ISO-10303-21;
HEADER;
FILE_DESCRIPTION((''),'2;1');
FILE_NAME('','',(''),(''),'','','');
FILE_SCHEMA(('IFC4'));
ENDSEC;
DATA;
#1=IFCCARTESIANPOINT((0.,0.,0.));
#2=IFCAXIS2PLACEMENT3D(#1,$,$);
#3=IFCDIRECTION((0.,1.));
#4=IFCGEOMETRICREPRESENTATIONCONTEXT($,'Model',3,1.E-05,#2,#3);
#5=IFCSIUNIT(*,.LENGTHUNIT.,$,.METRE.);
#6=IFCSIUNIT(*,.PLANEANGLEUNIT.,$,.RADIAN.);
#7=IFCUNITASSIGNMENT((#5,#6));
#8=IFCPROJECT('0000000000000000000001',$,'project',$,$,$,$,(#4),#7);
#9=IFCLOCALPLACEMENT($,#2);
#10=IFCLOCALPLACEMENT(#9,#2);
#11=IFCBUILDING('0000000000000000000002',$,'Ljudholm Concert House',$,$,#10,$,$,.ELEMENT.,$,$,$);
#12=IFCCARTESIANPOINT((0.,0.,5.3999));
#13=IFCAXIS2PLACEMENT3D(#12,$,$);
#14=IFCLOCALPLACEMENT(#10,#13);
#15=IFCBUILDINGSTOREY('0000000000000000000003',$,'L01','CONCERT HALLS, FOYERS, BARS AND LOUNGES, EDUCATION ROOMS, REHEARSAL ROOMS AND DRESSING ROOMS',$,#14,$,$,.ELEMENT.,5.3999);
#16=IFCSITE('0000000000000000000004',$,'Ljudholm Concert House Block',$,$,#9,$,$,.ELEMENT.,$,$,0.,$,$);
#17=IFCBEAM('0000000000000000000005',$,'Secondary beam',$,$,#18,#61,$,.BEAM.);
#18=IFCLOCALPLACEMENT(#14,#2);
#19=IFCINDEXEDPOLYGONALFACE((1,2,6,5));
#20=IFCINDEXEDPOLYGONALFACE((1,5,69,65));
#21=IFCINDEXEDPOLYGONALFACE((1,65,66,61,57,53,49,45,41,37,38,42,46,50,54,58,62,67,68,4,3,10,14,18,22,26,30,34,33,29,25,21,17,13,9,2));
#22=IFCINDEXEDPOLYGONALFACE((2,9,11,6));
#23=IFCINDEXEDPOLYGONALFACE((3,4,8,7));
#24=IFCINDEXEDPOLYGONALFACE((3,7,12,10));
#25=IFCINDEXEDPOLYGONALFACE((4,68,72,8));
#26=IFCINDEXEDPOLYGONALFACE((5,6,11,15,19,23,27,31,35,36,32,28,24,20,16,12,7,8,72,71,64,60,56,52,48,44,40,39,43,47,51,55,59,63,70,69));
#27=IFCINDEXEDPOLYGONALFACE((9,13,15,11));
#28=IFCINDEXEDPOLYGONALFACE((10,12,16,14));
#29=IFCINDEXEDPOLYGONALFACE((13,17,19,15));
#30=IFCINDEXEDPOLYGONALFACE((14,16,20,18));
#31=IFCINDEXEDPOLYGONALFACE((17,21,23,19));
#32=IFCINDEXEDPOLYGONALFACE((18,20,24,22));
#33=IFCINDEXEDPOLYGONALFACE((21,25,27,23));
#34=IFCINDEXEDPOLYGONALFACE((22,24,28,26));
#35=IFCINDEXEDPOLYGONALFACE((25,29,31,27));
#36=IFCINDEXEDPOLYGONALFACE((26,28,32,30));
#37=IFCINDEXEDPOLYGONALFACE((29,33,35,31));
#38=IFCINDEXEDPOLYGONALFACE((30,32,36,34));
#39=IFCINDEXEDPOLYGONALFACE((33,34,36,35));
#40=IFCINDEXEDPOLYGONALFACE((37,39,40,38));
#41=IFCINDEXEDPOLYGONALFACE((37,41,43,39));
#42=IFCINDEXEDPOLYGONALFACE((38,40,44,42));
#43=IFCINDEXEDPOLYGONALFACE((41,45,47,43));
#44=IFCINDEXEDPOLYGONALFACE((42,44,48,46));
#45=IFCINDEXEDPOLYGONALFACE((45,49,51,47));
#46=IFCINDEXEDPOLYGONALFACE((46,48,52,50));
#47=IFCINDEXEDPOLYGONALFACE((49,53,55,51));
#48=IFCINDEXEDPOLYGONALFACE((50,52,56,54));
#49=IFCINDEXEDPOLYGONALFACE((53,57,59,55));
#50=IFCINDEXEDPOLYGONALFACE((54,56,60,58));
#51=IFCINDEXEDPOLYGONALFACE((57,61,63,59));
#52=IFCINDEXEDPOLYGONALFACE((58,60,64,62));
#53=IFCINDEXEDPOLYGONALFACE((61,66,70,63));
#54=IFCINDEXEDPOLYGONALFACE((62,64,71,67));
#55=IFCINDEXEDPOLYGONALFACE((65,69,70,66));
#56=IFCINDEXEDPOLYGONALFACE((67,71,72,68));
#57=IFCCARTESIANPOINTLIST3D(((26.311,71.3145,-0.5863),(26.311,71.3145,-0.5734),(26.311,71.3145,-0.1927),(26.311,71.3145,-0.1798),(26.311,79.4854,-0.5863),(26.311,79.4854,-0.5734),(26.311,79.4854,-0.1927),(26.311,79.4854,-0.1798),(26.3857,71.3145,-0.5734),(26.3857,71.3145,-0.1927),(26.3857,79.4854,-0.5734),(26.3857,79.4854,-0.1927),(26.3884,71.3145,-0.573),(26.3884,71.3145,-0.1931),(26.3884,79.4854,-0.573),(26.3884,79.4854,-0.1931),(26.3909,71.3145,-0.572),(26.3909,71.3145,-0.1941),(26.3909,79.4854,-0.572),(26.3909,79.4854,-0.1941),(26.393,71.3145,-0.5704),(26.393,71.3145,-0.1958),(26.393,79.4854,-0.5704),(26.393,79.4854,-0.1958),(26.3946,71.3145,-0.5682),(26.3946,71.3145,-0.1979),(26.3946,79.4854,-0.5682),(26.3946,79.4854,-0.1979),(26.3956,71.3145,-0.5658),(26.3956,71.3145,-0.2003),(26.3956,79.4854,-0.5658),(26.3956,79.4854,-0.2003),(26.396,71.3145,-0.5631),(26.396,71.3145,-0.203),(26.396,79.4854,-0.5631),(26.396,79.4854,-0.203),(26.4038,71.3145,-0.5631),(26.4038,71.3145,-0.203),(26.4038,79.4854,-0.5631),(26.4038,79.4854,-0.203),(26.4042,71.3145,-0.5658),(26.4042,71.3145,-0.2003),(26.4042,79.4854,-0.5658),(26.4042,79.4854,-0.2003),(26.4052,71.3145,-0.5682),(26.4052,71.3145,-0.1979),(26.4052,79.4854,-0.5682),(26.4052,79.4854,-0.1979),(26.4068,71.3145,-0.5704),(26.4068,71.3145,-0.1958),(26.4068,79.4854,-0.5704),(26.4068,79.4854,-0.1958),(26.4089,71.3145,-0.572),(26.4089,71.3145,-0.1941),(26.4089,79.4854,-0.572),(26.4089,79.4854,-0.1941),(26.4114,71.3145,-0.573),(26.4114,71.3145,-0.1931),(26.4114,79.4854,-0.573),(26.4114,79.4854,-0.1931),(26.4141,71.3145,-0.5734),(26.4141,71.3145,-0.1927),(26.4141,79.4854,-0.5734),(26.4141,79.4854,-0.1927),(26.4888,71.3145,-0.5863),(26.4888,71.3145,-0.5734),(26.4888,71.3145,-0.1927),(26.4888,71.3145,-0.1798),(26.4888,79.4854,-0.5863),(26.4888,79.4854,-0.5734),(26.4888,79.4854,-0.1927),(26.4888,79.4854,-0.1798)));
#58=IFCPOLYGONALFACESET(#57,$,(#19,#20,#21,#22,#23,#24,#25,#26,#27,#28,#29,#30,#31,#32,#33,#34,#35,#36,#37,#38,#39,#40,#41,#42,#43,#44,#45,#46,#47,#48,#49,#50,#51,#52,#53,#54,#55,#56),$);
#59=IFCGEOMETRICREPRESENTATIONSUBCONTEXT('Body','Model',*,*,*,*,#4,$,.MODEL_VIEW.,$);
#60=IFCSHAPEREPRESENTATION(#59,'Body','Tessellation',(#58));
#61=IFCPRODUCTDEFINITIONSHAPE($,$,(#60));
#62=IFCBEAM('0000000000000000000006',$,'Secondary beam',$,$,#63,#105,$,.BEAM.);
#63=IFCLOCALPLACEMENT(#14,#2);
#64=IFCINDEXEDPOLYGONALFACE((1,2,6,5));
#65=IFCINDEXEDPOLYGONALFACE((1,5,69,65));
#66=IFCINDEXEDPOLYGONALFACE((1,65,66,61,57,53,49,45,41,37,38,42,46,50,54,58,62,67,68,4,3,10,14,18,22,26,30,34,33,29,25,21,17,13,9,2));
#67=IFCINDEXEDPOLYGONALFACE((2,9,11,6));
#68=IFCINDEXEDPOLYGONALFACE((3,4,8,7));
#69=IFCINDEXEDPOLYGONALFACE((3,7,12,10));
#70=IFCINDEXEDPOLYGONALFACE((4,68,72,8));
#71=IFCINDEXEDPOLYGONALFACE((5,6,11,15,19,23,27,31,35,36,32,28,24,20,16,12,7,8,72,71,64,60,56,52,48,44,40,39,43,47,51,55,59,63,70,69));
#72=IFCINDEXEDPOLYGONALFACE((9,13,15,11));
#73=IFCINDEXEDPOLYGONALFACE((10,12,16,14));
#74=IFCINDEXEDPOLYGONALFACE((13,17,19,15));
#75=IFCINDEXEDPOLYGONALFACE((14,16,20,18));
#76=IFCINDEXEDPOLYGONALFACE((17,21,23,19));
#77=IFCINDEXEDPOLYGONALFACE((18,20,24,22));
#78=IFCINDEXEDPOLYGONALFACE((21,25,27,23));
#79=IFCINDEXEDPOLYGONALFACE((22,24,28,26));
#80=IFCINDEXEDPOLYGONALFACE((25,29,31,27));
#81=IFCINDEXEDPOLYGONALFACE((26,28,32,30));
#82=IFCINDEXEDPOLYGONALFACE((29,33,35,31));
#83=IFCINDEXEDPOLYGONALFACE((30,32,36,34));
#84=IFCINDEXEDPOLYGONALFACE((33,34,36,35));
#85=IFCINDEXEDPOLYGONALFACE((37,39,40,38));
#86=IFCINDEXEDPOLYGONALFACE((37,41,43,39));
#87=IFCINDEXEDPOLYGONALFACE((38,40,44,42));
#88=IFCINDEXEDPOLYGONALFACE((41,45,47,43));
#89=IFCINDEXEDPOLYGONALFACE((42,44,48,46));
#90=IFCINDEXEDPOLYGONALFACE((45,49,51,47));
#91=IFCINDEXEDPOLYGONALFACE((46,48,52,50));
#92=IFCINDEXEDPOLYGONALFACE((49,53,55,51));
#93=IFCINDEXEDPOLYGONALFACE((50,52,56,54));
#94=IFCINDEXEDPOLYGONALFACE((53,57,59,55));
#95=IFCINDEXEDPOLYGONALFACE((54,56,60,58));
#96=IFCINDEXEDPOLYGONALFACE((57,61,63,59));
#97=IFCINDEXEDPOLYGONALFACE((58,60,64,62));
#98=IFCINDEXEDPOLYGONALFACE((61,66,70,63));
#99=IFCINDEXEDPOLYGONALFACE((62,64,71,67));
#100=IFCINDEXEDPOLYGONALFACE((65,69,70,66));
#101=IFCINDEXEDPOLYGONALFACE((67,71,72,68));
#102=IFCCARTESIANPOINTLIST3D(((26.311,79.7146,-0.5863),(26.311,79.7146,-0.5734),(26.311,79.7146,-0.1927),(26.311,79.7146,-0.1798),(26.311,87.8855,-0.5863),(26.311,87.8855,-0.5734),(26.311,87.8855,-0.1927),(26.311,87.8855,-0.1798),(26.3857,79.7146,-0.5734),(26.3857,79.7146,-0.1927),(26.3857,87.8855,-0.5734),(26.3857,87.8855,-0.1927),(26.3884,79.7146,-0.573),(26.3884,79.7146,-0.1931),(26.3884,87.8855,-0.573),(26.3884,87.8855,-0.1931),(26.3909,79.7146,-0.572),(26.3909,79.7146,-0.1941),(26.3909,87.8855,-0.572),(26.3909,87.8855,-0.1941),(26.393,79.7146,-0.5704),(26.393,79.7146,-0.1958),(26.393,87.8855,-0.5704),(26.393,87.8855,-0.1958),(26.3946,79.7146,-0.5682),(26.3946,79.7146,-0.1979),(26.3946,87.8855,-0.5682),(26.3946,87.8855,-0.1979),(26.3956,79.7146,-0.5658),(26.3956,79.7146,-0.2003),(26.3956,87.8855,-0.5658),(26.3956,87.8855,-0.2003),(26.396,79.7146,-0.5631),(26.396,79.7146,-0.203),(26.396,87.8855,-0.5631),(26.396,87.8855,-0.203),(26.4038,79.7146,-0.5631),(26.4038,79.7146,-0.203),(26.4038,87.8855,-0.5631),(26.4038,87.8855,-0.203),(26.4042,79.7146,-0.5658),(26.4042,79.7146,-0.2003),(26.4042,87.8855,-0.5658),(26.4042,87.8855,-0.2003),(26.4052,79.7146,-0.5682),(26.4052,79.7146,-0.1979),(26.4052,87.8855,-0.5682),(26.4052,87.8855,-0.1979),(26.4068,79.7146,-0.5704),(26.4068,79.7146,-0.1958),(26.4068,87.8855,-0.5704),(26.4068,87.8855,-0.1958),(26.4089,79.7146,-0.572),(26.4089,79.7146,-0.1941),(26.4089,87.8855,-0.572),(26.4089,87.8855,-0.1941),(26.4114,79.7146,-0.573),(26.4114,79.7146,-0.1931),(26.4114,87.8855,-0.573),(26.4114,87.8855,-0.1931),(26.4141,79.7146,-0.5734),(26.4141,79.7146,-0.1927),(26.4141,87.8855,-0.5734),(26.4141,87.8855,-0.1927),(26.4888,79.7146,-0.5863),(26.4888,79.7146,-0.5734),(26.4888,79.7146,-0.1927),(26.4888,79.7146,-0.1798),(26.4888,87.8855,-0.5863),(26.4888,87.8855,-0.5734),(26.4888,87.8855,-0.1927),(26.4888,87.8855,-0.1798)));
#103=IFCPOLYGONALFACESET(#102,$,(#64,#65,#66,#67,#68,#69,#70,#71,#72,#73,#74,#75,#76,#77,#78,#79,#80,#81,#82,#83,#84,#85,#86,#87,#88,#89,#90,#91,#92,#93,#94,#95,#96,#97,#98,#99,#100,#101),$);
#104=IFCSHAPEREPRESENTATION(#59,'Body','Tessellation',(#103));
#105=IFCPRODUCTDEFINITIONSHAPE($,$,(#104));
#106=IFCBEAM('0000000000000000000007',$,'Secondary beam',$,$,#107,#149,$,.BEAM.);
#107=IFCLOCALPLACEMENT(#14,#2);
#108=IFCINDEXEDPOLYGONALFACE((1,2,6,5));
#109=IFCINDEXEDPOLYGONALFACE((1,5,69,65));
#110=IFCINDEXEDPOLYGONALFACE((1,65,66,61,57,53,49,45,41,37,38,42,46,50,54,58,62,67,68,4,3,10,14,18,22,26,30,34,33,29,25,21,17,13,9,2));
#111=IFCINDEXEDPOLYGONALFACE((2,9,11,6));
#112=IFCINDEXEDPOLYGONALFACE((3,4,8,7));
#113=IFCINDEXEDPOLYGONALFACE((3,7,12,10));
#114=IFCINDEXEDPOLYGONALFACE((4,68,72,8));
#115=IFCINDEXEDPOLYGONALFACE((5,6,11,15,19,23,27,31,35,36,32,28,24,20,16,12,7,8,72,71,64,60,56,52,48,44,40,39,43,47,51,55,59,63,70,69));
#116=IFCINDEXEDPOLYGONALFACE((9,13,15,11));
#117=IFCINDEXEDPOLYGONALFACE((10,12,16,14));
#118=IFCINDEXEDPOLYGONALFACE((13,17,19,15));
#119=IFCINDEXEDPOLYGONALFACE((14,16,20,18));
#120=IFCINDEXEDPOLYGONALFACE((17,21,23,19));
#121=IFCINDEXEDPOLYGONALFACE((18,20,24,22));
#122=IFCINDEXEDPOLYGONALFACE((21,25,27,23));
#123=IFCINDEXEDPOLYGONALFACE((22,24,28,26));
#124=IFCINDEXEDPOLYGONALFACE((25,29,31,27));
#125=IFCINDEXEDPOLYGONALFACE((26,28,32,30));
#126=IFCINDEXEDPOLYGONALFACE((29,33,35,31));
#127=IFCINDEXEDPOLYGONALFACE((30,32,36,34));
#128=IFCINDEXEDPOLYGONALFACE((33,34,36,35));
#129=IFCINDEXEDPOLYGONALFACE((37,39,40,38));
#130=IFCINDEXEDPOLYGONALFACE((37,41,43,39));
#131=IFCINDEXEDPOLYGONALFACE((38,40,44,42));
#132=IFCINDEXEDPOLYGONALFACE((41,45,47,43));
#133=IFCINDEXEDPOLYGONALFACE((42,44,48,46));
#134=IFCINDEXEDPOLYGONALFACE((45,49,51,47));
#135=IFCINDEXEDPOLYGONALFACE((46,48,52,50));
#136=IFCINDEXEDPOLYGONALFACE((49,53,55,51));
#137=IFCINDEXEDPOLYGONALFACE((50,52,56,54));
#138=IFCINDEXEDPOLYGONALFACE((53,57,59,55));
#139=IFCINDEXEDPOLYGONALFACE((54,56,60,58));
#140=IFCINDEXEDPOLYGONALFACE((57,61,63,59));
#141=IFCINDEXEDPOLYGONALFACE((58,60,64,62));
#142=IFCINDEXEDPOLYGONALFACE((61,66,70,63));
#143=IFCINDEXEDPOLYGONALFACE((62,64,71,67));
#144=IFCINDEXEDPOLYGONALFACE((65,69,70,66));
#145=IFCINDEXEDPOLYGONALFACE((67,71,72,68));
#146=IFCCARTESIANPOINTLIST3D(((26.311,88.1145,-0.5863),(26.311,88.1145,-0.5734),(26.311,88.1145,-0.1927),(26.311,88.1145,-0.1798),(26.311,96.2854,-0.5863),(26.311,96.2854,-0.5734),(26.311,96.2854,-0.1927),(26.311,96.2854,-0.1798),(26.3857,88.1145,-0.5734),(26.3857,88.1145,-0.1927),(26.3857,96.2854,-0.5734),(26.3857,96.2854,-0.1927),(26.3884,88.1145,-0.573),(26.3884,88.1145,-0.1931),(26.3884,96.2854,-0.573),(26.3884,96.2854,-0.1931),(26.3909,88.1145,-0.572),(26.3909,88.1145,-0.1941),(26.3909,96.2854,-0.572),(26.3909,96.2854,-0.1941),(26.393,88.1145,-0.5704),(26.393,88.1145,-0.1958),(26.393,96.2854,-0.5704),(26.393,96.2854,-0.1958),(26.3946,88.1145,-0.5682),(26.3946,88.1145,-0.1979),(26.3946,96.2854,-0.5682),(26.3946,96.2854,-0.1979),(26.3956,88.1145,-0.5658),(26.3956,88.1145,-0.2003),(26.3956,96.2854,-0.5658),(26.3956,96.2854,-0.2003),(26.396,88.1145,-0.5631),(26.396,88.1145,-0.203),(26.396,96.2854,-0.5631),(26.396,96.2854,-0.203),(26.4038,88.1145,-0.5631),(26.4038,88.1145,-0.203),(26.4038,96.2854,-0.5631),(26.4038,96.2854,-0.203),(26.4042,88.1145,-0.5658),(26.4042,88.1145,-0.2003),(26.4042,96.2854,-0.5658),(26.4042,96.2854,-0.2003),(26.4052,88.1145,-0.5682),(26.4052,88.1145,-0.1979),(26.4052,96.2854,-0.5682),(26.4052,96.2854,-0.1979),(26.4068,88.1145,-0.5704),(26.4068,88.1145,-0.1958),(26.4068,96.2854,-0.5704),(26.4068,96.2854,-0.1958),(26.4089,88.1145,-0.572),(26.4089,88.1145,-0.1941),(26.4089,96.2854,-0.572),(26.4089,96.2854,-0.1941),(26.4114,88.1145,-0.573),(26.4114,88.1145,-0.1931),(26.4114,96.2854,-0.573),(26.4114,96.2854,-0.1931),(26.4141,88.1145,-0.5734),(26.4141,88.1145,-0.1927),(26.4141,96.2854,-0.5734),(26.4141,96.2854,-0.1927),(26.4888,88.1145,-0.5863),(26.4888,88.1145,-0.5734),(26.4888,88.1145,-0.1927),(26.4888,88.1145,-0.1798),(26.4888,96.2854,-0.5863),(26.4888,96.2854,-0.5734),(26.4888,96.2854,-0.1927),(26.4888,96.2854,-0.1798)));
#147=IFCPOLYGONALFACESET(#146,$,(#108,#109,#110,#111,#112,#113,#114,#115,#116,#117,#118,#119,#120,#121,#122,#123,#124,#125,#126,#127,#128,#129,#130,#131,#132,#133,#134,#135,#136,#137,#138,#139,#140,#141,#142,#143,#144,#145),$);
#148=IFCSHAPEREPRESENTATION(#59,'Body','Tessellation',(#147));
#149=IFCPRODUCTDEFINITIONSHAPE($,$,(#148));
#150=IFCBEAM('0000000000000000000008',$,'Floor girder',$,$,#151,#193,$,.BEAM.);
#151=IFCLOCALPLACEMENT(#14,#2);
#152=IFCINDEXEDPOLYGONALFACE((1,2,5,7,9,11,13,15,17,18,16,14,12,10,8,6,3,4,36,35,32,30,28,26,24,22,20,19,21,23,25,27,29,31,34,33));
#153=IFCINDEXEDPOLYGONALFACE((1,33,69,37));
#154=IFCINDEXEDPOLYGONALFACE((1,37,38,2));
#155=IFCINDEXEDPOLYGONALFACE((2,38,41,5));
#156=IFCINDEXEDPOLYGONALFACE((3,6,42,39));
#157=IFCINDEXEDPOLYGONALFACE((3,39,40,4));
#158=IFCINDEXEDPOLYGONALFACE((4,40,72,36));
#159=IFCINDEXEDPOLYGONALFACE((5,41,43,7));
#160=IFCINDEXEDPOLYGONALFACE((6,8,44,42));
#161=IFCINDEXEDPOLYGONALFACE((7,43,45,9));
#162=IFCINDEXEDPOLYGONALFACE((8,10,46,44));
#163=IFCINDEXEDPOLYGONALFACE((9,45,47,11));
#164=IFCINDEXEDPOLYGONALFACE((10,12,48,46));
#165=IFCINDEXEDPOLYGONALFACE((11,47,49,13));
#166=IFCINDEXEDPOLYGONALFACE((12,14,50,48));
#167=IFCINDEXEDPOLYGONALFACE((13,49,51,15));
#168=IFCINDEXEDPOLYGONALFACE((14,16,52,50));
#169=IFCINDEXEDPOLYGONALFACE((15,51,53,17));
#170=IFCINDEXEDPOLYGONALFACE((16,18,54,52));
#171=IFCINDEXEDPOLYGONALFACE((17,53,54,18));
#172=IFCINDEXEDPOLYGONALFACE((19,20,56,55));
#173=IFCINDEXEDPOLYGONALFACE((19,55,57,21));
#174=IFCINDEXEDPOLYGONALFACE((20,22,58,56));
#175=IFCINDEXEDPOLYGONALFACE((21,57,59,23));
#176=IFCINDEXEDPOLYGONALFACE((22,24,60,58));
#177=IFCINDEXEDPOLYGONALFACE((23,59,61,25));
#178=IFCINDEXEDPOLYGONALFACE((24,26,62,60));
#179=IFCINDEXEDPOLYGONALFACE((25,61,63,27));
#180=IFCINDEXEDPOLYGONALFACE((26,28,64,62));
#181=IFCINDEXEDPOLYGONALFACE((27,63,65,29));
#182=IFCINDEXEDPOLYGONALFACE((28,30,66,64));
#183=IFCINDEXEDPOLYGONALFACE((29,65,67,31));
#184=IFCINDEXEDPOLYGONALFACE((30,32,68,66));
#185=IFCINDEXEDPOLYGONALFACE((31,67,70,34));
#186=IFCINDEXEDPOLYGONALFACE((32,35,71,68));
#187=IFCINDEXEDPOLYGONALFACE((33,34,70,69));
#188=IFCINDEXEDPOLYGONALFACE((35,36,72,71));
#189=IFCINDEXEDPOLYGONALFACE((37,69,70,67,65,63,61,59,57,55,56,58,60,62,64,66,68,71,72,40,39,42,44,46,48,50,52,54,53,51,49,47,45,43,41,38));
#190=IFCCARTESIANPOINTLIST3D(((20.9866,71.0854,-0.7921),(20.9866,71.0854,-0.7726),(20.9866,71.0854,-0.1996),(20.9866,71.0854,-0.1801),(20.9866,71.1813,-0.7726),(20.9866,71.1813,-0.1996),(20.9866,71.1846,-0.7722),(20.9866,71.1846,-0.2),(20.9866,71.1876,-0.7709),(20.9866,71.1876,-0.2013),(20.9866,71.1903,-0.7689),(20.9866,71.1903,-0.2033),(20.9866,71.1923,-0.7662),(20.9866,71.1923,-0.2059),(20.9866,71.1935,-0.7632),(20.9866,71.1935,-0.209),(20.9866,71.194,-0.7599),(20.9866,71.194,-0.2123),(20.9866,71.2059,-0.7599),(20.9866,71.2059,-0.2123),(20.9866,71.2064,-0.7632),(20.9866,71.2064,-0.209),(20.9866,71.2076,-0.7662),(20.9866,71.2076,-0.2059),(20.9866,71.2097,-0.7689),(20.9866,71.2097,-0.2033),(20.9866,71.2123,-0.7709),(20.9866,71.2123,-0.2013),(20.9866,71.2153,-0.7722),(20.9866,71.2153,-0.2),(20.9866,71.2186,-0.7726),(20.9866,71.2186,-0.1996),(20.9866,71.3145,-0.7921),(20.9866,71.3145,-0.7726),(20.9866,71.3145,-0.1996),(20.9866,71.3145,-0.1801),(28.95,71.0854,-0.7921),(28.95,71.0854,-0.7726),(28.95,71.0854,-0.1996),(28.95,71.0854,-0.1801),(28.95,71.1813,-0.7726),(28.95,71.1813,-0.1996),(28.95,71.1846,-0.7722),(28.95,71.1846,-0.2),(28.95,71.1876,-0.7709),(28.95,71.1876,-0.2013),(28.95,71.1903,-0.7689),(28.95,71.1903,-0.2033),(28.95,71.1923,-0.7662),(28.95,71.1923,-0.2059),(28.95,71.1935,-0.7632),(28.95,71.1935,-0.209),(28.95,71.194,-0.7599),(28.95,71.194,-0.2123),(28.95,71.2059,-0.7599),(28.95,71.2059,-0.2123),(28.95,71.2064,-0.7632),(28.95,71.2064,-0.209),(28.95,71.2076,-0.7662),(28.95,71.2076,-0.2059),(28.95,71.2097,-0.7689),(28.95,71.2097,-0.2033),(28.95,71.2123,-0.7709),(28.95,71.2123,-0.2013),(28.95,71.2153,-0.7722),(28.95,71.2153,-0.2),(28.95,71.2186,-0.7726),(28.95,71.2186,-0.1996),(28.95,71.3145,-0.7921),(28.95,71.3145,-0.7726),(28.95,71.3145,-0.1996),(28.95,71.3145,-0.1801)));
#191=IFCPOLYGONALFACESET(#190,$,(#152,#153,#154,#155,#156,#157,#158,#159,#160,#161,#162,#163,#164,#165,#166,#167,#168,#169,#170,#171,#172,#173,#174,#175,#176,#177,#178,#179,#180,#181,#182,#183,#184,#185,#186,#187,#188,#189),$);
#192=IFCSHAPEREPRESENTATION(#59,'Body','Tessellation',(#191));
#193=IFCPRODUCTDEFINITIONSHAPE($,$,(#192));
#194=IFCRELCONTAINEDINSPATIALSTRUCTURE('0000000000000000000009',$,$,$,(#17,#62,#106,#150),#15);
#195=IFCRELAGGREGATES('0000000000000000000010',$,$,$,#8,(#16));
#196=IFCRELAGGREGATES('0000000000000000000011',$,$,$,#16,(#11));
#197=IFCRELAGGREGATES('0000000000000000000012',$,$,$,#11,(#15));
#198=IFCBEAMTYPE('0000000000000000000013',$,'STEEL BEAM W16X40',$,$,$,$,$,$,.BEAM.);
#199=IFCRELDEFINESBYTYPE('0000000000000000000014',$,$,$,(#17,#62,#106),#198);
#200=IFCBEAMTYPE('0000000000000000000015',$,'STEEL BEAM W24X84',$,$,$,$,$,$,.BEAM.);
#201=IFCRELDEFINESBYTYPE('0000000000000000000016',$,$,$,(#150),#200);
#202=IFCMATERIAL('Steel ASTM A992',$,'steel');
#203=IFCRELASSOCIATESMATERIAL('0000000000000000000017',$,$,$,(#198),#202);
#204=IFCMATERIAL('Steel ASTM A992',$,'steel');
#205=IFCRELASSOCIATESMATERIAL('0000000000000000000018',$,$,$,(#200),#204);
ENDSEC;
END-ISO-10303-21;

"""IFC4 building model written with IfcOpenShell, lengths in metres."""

from ifc_helpers import new_model, si_unit, direction, frame, origin, origin_2d, place, context, subcontext, project, spatial, i_section, extrude, material, material_profile, profile_set, type_object, element, save


model = new_model("IFC4")

# Units and contexts
model_context = context("Model", 3, precision=1e-05, world=origin(), true_north=direction((0.0, 1.0)))
body_context = subcontext(model_context, "Body", "Model", "MODEL_VIEW")
ifc_project = project(units=[si_unit("LENGTHUNIT", "METRE"), si_unit("PLANEANGLEUNIT", "RADIAN")], contexts=[model_context])

# Site, building, storey
site_placement = place(None, origin())
site = spatial("IfcSite", under=ifc_project, at=site_placement, Name="Ljudholm Concert House Block", CompositionType="ELEMENT", RefElevation=0.0)
building_placement = place(site_placement, origin())
building = spatial("IfcBuilding", under=site, at=building_placement, Name="Ljudholm Concert House", CompositionType="ELEMENT")
storey_placement = place(building_placement, frame((0.0, 0.0, 5.3999)))
storey = spatial("IfcBuildingStorey", under=building, at=storey_placement, Name="L01", Description="CONCERT HALLS, FOYERS, BARS AND LOUNGES, EDUCATION ROOMS, REHEARSAL ROOMS AND DRESSING ROOMS", CompositionType="ELEMENT", Elevation=5.3999)

# Beams
ifc_material_1 = material(Name="Steel ASTM A992", Category="steel")
ifc_material_profile_1 = material_profile(ifc_material_1, i_section(OverallWidth=0.1777, OverallDepth=0.4065, WebThickness=0.0078, FlangeThickness=0.0129, FilletRadius=0.0103, at=origin_2d()), Name="W16X40")
ifc_profile_set_1 = profile_set([ifc_material_profile_1], Name="Steel ASTM A992")
beam_type_1 = type_object("IfcBeamType", Name="STEEL BEAM W16X40", PredefinedType="BEAM", material=ifc_profile_set_1)
for number, where, z_axis, x_axis, name in (
    (1, (26.3999, 71.3145, -0.3831), (0.0, 1.0, 0.0), (-1.0, 0.0, 0.0), "Secondary beam"),
    (2, (26.3999, 79.7146, -0.3831), (0.0, 1.0, 0.0), (-1.0, 0.0, 0.0), "Secondary beam"),
    (3, (26.3999, 88.1145, -0.3831), (0.0, 1.0, 0.0), (-1.0, 0.0, 0.0), "Secondary beam"),
):
    element("IfcBeam", number, at=place(storey_placement, frame(where, z_axis=z_axis, x_axis=x_axis)), inside=storey, type_object=beam_type_1, Name=name, PredefinedType="BEAM", context=body_context, shape_type="SweptSolid", body=[
        extrude(i_section(OverallWidth=0.1777, OverallDepth=0.4065, WebThickness=0.0078, FlangeThickness=0.0129, FilletRadius=0.0103, at=origin_2d()), origin(), (0.0, 0.0, 1.0), 8.1709),
    ])
ifc_material_2 = material(Name="Steel ASTM A992", Category="steel")
ifc_material_profile_2 = material_profile(ifc_material_2, i_section(OverallWidth=0.229, OverallDepth=0.6121, WebThickness=0.012, FlangeThickness=0.0195, FilletRadius=0.0127, at=origin_2d()), Name="W24X84")
ifc_profile_set_2 = profile_set([ifc_material_profile_2], Name="Steel ASTM A992")
beam_type_2 = type_object("IfcBeamType", Name="STEEL BEAM W24X84", PredefinedType="BEAM", material=ifc_profile_set_2)
for number, where, z_axis, x_axis, name in (
    (4, (20.9866, 71.2, -0.4861), (1.0, 0.0, 0.0), (0.0, 1.0, 0.0), "Floor girder"),
):
    element("IfcBeam", number, at=place(storey_placement, frame(where, z_axis=z_axis, x_axis=x_axis)), inside=storey, type_object=beam_type_2, Name=name, PredefinedType="BEAM", context=body_context, shape_type="SweptSolid", body=[
        extrude(i_section(OverallWidth=0.229, OverallDepth=0.6121, WebThickness=0.012, FlangeThickness=0.0195, FilletRadius=0.0127, at=origin_2d()), origin(), (0.0, 0.0, 1.0), 7.9634),
    ])

save(model, "model.ifc")
